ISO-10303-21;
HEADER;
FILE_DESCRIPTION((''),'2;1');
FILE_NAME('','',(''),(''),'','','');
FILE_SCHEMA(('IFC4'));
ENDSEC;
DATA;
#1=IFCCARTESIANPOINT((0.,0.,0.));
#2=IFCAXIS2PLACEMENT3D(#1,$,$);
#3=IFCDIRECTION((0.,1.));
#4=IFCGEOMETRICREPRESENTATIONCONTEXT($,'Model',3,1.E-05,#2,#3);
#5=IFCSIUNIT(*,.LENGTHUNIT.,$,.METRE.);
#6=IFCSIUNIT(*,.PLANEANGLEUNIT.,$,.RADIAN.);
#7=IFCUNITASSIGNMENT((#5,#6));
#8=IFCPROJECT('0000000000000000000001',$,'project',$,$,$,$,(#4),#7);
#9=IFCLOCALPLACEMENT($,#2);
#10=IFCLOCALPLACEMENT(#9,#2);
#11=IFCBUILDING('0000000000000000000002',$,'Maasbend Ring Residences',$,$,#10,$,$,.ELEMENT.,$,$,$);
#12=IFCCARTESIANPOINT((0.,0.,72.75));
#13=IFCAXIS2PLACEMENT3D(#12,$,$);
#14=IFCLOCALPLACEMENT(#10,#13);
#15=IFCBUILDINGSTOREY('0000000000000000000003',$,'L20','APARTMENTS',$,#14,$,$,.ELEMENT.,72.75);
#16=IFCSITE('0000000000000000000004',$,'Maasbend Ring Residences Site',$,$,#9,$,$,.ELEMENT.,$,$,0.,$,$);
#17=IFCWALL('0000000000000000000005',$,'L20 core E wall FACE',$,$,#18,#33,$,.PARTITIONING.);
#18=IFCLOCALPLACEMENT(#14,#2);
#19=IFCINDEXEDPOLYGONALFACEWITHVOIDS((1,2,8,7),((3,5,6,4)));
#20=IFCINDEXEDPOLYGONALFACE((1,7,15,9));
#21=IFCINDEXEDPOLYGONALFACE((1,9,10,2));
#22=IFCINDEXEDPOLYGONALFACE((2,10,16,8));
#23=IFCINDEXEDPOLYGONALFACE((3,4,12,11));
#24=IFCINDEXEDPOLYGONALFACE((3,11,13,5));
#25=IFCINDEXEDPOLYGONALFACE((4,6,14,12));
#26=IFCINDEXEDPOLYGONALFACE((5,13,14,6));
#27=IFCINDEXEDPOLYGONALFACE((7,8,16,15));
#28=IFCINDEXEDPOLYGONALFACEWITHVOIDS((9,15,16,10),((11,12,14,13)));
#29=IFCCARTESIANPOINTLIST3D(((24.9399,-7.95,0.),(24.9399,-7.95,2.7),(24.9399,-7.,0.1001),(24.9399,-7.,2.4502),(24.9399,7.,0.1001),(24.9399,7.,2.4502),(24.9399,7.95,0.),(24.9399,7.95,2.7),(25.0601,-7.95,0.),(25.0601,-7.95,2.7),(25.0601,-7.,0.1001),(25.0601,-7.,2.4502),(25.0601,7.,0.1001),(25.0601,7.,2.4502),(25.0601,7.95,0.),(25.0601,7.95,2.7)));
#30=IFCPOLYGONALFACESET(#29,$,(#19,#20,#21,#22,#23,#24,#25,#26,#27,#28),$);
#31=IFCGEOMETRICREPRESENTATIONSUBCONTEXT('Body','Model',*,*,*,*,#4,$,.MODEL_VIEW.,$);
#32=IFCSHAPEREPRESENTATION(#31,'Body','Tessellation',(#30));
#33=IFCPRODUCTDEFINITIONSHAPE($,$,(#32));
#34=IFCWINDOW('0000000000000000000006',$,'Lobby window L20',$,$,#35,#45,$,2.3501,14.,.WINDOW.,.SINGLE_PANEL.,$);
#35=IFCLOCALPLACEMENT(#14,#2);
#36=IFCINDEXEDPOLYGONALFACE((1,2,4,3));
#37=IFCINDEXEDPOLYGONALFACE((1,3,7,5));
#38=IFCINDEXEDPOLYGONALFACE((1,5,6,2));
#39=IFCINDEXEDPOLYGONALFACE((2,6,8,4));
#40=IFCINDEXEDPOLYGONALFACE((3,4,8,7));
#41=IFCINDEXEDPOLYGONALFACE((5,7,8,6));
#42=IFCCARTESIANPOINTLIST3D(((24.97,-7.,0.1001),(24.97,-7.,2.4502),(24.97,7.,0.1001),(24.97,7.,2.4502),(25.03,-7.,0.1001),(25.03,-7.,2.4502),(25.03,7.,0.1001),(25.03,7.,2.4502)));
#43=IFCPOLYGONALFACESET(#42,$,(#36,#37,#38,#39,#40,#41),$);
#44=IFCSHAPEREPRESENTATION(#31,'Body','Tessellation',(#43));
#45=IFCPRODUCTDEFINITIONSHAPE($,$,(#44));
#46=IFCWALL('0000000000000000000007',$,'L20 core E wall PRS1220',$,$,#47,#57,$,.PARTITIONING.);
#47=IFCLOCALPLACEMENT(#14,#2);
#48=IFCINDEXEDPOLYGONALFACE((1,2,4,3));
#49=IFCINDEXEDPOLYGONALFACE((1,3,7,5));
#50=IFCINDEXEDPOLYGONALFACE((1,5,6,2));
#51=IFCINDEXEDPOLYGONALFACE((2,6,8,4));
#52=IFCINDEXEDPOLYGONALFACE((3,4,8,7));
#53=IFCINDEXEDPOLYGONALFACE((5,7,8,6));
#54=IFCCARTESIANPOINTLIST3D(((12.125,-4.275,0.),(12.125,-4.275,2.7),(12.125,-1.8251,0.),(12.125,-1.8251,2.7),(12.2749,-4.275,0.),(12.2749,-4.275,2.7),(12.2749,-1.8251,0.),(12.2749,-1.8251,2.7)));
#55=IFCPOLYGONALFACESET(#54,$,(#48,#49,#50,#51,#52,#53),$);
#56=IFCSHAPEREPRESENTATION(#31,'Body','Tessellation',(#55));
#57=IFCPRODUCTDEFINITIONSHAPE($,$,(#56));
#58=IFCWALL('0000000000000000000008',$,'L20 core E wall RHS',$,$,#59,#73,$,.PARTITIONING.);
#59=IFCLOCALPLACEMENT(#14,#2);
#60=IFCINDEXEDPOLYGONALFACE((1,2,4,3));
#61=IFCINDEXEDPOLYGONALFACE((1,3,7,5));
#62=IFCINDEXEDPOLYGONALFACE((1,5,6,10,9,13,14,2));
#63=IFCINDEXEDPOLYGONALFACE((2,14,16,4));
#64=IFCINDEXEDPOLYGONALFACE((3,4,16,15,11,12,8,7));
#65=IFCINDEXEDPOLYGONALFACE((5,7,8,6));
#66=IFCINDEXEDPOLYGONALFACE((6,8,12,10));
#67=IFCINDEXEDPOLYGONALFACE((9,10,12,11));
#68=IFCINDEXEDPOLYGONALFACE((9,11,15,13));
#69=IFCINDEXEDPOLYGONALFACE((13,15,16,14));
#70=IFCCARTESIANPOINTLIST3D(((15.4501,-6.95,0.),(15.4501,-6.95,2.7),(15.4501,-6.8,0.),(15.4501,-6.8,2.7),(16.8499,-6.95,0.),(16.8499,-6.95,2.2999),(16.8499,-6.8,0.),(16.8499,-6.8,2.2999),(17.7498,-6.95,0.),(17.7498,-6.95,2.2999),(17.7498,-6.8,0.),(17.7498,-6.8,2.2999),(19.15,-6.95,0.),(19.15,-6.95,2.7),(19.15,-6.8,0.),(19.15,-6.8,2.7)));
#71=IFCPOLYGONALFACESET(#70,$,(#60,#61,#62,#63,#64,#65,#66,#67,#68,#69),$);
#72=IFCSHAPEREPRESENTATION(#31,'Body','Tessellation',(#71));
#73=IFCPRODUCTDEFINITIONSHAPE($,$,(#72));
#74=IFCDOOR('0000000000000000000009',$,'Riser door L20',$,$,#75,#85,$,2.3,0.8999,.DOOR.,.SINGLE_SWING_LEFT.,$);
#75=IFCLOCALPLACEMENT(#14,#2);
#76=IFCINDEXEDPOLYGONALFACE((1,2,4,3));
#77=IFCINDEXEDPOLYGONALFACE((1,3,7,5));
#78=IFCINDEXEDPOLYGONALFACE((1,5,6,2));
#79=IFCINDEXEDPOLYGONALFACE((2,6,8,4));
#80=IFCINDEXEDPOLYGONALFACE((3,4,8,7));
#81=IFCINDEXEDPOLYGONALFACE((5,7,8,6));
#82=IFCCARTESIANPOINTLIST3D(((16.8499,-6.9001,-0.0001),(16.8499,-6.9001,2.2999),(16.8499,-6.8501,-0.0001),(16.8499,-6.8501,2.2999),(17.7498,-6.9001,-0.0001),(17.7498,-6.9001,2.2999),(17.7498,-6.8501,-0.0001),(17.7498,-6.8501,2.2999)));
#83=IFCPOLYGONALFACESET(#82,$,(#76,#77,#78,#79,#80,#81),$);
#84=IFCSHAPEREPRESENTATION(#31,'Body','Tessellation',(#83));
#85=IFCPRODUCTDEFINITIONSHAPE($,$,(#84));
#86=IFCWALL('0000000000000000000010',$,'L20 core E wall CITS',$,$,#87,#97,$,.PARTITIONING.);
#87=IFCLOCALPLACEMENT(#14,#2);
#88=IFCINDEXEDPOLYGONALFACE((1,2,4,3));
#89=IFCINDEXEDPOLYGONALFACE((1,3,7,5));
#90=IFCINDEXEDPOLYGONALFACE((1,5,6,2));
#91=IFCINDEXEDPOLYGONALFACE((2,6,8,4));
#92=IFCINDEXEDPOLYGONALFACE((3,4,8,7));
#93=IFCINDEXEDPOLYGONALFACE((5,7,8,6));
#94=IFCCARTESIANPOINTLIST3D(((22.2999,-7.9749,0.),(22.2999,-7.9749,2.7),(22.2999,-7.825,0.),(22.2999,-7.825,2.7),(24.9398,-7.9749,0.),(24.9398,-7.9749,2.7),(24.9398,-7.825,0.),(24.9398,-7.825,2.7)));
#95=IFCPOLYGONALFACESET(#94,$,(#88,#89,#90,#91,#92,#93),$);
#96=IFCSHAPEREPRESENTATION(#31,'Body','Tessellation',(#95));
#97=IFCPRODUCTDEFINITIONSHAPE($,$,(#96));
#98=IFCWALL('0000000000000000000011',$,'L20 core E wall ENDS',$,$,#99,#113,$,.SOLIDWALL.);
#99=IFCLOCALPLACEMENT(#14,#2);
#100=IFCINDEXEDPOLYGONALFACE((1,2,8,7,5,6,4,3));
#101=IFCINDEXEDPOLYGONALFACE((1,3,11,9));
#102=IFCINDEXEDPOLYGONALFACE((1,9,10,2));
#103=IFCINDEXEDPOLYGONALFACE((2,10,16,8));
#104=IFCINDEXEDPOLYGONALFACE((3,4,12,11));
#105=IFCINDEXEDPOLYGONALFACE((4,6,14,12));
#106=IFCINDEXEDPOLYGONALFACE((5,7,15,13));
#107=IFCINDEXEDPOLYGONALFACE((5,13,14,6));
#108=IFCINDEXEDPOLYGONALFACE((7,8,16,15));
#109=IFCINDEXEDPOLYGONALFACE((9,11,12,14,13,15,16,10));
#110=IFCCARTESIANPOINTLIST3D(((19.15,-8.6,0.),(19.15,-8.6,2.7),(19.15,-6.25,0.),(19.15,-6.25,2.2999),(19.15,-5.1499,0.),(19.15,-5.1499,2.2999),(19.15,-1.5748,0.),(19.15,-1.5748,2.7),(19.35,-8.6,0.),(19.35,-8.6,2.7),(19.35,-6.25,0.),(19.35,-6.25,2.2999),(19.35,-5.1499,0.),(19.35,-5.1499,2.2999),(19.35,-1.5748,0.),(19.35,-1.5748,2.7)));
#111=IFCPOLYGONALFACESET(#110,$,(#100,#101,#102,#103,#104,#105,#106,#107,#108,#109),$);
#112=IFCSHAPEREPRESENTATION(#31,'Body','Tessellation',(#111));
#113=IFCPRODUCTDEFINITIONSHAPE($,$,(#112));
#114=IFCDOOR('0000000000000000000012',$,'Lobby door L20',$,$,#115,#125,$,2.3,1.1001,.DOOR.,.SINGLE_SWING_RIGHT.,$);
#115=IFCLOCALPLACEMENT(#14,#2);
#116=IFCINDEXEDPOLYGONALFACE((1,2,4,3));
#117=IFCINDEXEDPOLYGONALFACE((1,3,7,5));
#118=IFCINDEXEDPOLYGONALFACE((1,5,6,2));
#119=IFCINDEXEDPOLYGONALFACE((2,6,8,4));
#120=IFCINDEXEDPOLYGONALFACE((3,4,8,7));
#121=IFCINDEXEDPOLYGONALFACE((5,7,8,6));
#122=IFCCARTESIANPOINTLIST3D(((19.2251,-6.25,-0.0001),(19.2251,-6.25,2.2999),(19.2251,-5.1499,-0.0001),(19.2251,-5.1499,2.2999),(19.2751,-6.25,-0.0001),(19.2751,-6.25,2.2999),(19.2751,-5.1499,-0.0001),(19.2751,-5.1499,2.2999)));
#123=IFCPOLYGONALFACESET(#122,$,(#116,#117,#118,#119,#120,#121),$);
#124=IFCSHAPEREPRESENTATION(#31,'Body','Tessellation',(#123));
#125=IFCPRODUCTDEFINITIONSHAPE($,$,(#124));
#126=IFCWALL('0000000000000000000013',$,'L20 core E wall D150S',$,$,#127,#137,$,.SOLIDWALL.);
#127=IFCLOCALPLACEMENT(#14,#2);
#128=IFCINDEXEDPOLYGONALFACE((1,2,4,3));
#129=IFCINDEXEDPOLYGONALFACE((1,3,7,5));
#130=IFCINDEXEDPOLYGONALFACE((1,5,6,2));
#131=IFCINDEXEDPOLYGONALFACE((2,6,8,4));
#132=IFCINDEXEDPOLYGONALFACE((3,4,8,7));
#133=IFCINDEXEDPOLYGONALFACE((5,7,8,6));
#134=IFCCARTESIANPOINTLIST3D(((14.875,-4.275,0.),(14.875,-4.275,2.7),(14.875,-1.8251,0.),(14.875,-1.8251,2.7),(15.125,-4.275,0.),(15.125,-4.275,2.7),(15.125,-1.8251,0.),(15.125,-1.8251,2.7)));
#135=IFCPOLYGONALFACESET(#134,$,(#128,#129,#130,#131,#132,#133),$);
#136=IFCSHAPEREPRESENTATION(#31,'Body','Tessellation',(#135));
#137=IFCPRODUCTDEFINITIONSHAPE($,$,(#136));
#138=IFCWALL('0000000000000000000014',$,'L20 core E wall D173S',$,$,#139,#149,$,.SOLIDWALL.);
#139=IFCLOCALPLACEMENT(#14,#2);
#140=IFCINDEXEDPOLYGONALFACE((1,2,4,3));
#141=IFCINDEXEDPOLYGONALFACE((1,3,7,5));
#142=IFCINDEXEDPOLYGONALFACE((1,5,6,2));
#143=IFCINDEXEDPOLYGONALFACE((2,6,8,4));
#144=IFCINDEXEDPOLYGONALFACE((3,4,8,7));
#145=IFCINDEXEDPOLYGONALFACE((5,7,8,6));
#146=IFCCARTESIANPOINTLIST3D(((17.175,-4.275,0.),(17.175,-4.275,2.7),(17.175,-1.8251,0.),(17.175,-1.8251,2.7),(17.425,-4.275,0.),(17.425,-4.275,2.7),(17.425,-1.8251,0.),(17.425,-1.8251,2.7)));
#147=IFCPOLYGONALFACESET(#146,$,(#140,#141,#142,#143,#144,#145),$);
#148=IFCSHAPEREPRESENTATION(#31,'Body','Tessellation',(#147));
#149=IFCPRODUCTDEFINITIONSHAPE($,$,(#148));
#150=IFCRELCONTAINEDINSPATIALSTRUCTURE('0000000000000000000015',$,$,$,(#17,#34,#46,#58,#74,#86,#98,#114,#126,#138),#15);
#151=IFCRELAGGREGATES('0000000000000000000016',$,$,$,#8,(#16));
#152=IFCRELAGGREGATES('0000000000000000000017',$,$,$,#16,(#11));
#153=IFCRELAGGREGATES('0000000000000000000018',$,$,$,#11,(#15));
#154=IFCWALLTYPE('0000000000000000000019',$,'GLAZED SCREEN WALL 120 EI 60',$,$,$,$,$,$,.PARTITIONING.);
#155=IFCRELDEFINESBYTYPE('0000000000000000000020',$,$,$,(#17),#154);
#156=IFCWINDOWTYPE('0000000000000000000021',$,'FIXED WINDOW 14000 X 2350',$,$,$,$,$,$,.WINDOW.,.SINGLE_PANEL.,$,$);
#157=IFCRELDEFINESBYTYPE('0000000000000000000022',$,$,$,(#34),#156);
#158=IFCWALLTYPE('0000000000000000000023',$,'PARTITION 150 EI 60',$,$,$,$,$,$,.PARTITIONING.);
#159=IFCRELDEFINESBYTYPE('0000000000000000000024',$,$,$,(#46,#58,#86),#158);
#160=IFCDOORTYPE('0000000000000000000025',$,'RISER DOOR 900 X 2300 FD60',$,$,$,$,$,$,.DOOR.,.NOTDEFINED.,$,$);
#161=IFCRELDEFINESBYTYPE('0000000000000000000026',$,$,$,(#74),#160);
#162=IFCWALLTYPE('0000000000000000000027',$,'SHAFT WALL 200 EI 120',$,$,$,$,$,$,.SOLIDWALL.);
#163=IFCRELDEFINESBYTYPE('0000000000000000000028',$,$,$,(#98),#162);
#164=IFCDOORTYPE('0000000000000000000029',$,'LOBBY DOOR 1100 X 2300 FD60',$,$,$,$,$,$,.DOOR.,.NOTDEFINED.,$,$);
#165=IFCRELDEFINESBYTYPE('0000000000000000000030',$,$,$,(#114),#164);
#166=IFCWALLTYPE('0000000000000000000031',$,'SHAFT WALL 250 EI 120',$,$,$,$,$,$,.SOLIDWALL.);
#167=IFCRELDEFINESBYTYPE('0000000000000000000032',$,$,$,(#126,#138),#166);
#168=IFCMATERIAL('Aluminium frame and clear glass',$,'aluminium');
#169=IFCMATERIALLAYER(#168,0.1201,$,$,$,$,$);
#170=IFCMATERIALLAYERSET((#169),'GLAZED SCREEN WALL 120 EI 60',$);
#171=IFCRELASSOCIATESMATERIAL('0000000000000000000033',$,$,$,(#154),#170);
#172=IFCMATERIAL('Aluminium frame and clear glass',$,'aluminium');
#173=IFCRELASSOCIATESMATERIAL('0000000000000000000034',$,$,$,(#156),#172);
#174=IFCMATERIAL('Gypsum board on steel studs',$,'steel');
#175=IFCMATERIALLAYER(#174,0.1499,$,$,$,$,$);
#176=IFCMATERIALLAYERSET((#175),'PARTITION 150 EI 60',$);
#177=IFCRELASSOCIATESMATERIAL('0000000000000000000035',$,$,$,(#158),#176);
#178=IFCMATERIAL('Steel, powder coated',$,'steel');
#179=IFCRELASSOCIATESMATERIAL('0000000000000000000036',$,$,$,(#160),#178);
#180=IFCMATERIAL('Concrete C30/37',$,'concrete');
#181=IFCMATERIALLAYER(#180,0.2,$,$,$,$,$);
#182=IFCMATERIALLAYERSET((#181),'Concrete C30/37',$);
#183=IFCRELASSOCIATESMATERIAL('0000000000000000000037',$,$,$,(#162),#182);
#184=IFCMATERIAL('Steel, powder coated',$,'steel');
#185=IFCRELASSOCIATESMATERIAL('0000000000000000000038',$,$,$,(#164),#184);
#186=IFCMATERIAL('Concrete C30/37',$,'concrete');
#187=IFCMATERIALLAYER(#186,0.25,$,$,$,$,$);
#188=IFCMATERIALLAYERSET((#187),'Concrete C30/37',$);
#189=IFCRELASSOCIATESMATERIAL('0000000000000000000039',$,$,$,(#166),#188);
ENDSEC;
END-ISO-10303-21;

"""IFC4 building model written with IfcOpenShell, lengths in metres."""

from ifc_helpers import new_model, si_unit, direction, frame, frame_2d, origin, place, context, subcontext, project, spatial, rectangle, extrude, material, layer, layer_set, type_object, element, fill, save


model = new_model("IFC4")

# Units and contexts
model_context = context("Model", 3, precision=1e-05, world=origin(), true_north=direction((0.0, 1.0)))
body_context = subcontext(model_context, "Body", "Model", "MODEL_VIEW")
ifc_project = project(units=[si_unit("LENGTHUNIT", "METRE"), si_unit("PLANEANGLEUNIT", "RADIAN")], contexts=[model_context])

# Site, building, storey
site_placement = place(None, origin())
site = spatial("IfcSite", under=ifc_project, at=site_placement, Name="Maasbend Ring Residences Site", CompositionType="ELEMENT", RefElevation=0.0)
building_placement = place(site_placement, origin())
building = spatial("IfcBuilding", under=site, at=building_placement, Name="Maasbend Ring Residences", CompositionType="ELEMENT")
storey_placement = place(building_placement, frame((0.0, 0.0, 72.75)))
storey = spatial("IfcBuildingStorey", under=building, at=storey_placement, Name="L20", Description="APARTMENTS", CompositionType="ELEMENT", Elevation=72.75)

# Wall, opening, window
ifc_material_1 = material(Name="Aluminium frame and clear glass", Category="aluminium")
ifc_layer_1 = layer(ifc_material_1, 0.1201)
ifc_layer_set_1 = layer_set([ifc_layer_1], Name="GLAZED SCREEN WALL 120 EI 60")
wall_type_1 = type_object("IfcWallType", Name="GLAZED SCREEN WALL 120 EI 60", PredefinedType="PARTITIONING", material=ifc_layer_set_1)
wall_1_placement = place(storey_placement, frame((25.0, -7.95, 0.0), z_axis=(0.0, 0.0, 1.0), x_axis=(0.0, 1.0, 0.0)))
wall_1 = element("IfcWall", 1, at=wall_1_placement, inside=storey, type_object=wall_type_1, Name="L20 core E wall FACE", PredefinedType="PARTITIONING", context=body_context, shape_type="SweptSolid", body=[
    extrude(rectangle(XDim=15.8999, YDim=0.1201, at=frame_2d((7.95, 0.0))), origin(), (0.0, 0.0, 1.0), 2.7),
])
opening_1_placement = place(wall_1_placement, frame((0.95, 0.0, 0.1001)))
opening_1 = element("IfcOpeningElement", 2, at=opening_1_placement, cuts=wall_1, PredefinedType="OPENING", context=body_context, shape_type="SweptSolid", body=[
    extrude(rectangle(XDim=14.0, YDim=2.3501, at=frame_2d((7.0, 1.175))), frame((0.0, 0.0701, 0.0), z_axis=(0.0, -1.0, 0.0), x_axis=(1.0, 0.0, 0.0)), (0.0, 0.0, 1.0), 0.1401),
])
ifc_material_2 = material(Name="Aluminium frame and clear glass", Category="aluminium")
window_type = type_object("IfcWindowType", Name="FIXED WINDOW 14000 X 2350", PartitioningType="SINGLE_PANEL", PredefinedType="WINDOW", material=ifc_material_2)
window_placement = place(opening_1_placement, origin())
window = element("IfcWindow", 3, at=window_placement, inside=storey, type_object=window_type, Name="Lobby window L20", OverallHeight=2.3501, OverallWidth=14.0, PartitioningType="SINGLE_PANEL", PredefinedType="WINDOW", context=body_context, shape_type="SweptSolid", body=[
    extrude(rectangle(XDim=14.0, YDim=2.3501, at=frame_2d((7.0, 1.175))), frame((0.0, 0.03, 0.0), z_axis=(0.0, -1.0, 0.0), x_axis=(1.0, 0.0, 0.0)), (0.0, 0.0, 1.0), 0.0601),
])
fill(opening_1, window)

# Wall
ifc_material_3 = material(Name="Gypsum board on steel studs", Category="steel")
ifc_layer_2 = layer(ifc_material_3, 0.1499)
ifc_layer_set_2 = layer_set([ifc_layer_2], Name="PARTITION 150 EI 60")
wall_type_2 = type_object("IfcWallType", Name="PARTITION 150 EI 60", PredefinedType="PARTITIONING", material=ifc_layer_set_2)
wall_2_placement = place(storey_placement, frame((12.2, -1.825, 0.0), z_axis=(0.0, 0.0, 1.0), x_axis=(0.0, -1.0, 0.0)))
element("IfcWall", 4, at=wall_2_placement, inside=storey, type_object=wall_type_2, Name="L20 core E wall PRS1220", PredefinedType="PARTITIONING", context=body_context, shape_type="SweptSolid", body=[
    extrude(rectangle(XDim=2.45, YDim=0.1499, at=frame_2d((1.2251, 0.0))), origin(), (0.0, 0.0, 1.0), 2.7),
])

# Wall, opening, door
wall_3_placement = place(storey_placement, frame((15.45, -6.875, 0.0), z_axis=(0.0, 0.0, 1.0), x_axis=(1.0, 0.0, 0.0)))
wall_3 = element("IfcWall", 5, at=wall_3_placement, inside=storey, type_object=wall_type_2, Name="L20 core E wall RHS", PredefinedType="PARTITIONING", context=body_context, shape_type="SweptSolid", body=[
    extrude(rectangle(XDim=3.7, YDim=0.1499, at=frame_2d((1.8501, 0.0))), origin(), (0.0, 0.0, 1.0), 2.7),
])
opening_2_placement = place(wall_3_placement, frame((1.3999, 0.0, 0.0)))
opening_2 = element("IfcOpeningElement", 6, at=opening_2_placement, cuts=wall_3, PredefinedType="OPENING", context=body_context, shape_type="SweptSolid", body=[
    extrude(rectangle(XDim=0.8999, YDim=2.3, at=frame_2d((0.45, 1.1499))), frame((0.0, 0.085, 0.0), z_axis=(0.0, -1.0, 0.0), x_axis=(1.0, 0.0, 0.0)), (0.0, 0.0, 1.0), 0.1699),
])
ifc_material_4 = material(Name="Steel, powder coated", Category="steel")
door_type_1 = type_object("IfcDoorType", Name="RISER DOOR 900 X 2300 FD60", OperationType="NOTDEFINED", PredefinedType="DOOR", material=ifc_material_4)
door_1_placement = place(opening_2_placement, origin())
door_1 = element("IfcDoor", 7, at=door_1_placement, inside=storey, type_object=door_type_1, Name="Riser door L20", OperationType="SINGLE_SWING_LEFT", OverallHeight=2.3, OverallWidth=0.8999, PredefinedType="DOOR", context=body_context, shape_type="SweptSolid", body=[
    extrude(rectangle(XDim=0.8999, YDim=2.3, at=frame_2d((0.45, 1.1499))), frame((0.0, 0.0249, 0.0), z_axis=(0.0, -1.0, 0.0), x_axis=(1.0, 0.0, 0.0)), (0.0, 0.0, 1.0), 0.05),
])
fill(opening_2, door_1)

# Wall
wall_4_placement = place(storey_placement, frame((22.3, -7.8999, 0.0), z_axis=(0.0, 0.0, 1.0), x_axis=(1.0, 0.0, 0.0)))
element("IfcWall", 8, at=wall_4_placement, inside=storey, type_object=wall_type_2, Name="L20 core E wall CITS", PredefinedType="PARTITIONING", context=body_context, shape_type="SweptSolid", body=[
    extrude(rectangle(XDim=2.6399, YDim=0.1499, at=frame_2d((1.3198, 0.0))), origin(), (0.0, 0.0, 1.0), 2.7),
])

# Wall, opening, door
ifc_material_5 = material(Name="Concrete C30/37", Category="concrete")
ifc_layer_3 = layer(ifc_material_5, 0.2)
ifc_layer_set_3 = layer_set([ifc_layer_3], Name="Concrete C30/37")
wall_type_3 = type_object("IfcWallType", Name="SHAFT WALL 200 EI 120", PredefinedType="SOLIDWALL", material=ifc_layer_set_3)
wall_5_placement = place(storey_placement, frame((19.25, -8.6001, 0.0), z_axis=(0.0, 0.0, 1.0), x_axis=(0.0, 1.0, 0.0)))
wall_5 = element("IfcWall", 9, at=wall_5_placement, inside=storey, type_object=wall_type_3, Name="L20 core E wall ENDS", PredefinedType="SOLIDWALL", context=body_context, shape_type="SweptSolid", body=[
    extrude(rectangle(XDim=7.0251, YDim=0.2, at=frame_2d((3.5127, 0.0))), origin(), (0.0, 0.0, 1.0), 2.7),
])
opening_3_placement = place(wall_5_placement, frame((2.3501, 0.0, 0.0)))
opening_3 = element("IfcOpeningElement", 10, at=opening_3_placement, cuts=wall_5, PredefinedType="OPENING", context=body_context, shape_type="SweptSolid", body=[
    extrude(rectangle(XDim=1.1001, YDim=2.3, at=frame_2d((0.55, 1.1499))), frame((0.0, 0.1099, 0.0), z_axis=(0.0, -1.0, 0.0), x_axis=(1.0, 0.0, 0.0)), (0.0, 0.0, 1.0), 0.22),
])
ifc_material_6 = material(Name="Steel, powder coated", Category="steel")
door_type_2 = type_object("IfcDoorType", Name="LOBBY DOOR 1100 X 2300 FD60", OperationType="NOTDEFINED", PredefinedType="DOOR", material=ifc_material_6)
door_2_placement = place(opening_3_placement, origin())
door_2 = element("IfcDoor", 11, at=door_2_placement, inside=storey, type_object=door_type_2, Name="Lobby door L20", OperationType="SINGLE_SWING_RIGHT", OverallHeight=2.3, OverallWidth=1.1001, PredefinedType="DOOR", context=body_context, shape_type="SweptSolid", body=[
    extrude(rectangle(XDim=1.1001, YDim=2.3, at=frame_2d((0.55, 1.1499))), frame((0.0, 0.0249, 0.0), z_axis=(0.0, -1.0, 0.0), x_axis=(1.0, 0.0, 0.0)), (0.0, 0.0, 1.0), 0.05),
])
fill(opening_3, door_2)

# Walls
ifc_material_7 = material(Name="Concrete C30/37", Category="concrete")
ifc_layer_4 = layer(ifc_material_7, 0.25)
ifc_layer_set_4 = layer_set([ifc_layer_4], Name="Concrete C30/37")
wall_type_4 = type_object("IfcWallType", Name="SHAFT WALL 250 EI 120", PredefinedType="SOLIDWALL", material=ifc_layer_set_4)
for number, where, z_axis, x_axis, name in (
    (12, (15.0, -1.825, 0.0), (0.0, 0.0, 1.0), (0.0, -1.0, 0.0), "L20 core E wall D150S"),
    (13, (17.3, -1.825, 0.0), (0.0, 0.0, 1.0), (0.0, -1.0, 0.0), "L20 core E wall D173S"),
):
    element("IfcWall", number, at=place(storey_placement, frame(where, z_axis=z_axis, x_axis=x_axis)), inside=storey, type_object=wall_type_4, Name=name, PredefinedType="SOLIDWALL", context=body_context, shape_type="SweptSolid", body=[
        extrude(rectangle(XDim=2.45, YDim=0.25, at=frame_2d((1.2251, 0.0))), origin(), (0.0, 0.0, 1.0), 2.7),
    ])

save(model, "model.ifc")
